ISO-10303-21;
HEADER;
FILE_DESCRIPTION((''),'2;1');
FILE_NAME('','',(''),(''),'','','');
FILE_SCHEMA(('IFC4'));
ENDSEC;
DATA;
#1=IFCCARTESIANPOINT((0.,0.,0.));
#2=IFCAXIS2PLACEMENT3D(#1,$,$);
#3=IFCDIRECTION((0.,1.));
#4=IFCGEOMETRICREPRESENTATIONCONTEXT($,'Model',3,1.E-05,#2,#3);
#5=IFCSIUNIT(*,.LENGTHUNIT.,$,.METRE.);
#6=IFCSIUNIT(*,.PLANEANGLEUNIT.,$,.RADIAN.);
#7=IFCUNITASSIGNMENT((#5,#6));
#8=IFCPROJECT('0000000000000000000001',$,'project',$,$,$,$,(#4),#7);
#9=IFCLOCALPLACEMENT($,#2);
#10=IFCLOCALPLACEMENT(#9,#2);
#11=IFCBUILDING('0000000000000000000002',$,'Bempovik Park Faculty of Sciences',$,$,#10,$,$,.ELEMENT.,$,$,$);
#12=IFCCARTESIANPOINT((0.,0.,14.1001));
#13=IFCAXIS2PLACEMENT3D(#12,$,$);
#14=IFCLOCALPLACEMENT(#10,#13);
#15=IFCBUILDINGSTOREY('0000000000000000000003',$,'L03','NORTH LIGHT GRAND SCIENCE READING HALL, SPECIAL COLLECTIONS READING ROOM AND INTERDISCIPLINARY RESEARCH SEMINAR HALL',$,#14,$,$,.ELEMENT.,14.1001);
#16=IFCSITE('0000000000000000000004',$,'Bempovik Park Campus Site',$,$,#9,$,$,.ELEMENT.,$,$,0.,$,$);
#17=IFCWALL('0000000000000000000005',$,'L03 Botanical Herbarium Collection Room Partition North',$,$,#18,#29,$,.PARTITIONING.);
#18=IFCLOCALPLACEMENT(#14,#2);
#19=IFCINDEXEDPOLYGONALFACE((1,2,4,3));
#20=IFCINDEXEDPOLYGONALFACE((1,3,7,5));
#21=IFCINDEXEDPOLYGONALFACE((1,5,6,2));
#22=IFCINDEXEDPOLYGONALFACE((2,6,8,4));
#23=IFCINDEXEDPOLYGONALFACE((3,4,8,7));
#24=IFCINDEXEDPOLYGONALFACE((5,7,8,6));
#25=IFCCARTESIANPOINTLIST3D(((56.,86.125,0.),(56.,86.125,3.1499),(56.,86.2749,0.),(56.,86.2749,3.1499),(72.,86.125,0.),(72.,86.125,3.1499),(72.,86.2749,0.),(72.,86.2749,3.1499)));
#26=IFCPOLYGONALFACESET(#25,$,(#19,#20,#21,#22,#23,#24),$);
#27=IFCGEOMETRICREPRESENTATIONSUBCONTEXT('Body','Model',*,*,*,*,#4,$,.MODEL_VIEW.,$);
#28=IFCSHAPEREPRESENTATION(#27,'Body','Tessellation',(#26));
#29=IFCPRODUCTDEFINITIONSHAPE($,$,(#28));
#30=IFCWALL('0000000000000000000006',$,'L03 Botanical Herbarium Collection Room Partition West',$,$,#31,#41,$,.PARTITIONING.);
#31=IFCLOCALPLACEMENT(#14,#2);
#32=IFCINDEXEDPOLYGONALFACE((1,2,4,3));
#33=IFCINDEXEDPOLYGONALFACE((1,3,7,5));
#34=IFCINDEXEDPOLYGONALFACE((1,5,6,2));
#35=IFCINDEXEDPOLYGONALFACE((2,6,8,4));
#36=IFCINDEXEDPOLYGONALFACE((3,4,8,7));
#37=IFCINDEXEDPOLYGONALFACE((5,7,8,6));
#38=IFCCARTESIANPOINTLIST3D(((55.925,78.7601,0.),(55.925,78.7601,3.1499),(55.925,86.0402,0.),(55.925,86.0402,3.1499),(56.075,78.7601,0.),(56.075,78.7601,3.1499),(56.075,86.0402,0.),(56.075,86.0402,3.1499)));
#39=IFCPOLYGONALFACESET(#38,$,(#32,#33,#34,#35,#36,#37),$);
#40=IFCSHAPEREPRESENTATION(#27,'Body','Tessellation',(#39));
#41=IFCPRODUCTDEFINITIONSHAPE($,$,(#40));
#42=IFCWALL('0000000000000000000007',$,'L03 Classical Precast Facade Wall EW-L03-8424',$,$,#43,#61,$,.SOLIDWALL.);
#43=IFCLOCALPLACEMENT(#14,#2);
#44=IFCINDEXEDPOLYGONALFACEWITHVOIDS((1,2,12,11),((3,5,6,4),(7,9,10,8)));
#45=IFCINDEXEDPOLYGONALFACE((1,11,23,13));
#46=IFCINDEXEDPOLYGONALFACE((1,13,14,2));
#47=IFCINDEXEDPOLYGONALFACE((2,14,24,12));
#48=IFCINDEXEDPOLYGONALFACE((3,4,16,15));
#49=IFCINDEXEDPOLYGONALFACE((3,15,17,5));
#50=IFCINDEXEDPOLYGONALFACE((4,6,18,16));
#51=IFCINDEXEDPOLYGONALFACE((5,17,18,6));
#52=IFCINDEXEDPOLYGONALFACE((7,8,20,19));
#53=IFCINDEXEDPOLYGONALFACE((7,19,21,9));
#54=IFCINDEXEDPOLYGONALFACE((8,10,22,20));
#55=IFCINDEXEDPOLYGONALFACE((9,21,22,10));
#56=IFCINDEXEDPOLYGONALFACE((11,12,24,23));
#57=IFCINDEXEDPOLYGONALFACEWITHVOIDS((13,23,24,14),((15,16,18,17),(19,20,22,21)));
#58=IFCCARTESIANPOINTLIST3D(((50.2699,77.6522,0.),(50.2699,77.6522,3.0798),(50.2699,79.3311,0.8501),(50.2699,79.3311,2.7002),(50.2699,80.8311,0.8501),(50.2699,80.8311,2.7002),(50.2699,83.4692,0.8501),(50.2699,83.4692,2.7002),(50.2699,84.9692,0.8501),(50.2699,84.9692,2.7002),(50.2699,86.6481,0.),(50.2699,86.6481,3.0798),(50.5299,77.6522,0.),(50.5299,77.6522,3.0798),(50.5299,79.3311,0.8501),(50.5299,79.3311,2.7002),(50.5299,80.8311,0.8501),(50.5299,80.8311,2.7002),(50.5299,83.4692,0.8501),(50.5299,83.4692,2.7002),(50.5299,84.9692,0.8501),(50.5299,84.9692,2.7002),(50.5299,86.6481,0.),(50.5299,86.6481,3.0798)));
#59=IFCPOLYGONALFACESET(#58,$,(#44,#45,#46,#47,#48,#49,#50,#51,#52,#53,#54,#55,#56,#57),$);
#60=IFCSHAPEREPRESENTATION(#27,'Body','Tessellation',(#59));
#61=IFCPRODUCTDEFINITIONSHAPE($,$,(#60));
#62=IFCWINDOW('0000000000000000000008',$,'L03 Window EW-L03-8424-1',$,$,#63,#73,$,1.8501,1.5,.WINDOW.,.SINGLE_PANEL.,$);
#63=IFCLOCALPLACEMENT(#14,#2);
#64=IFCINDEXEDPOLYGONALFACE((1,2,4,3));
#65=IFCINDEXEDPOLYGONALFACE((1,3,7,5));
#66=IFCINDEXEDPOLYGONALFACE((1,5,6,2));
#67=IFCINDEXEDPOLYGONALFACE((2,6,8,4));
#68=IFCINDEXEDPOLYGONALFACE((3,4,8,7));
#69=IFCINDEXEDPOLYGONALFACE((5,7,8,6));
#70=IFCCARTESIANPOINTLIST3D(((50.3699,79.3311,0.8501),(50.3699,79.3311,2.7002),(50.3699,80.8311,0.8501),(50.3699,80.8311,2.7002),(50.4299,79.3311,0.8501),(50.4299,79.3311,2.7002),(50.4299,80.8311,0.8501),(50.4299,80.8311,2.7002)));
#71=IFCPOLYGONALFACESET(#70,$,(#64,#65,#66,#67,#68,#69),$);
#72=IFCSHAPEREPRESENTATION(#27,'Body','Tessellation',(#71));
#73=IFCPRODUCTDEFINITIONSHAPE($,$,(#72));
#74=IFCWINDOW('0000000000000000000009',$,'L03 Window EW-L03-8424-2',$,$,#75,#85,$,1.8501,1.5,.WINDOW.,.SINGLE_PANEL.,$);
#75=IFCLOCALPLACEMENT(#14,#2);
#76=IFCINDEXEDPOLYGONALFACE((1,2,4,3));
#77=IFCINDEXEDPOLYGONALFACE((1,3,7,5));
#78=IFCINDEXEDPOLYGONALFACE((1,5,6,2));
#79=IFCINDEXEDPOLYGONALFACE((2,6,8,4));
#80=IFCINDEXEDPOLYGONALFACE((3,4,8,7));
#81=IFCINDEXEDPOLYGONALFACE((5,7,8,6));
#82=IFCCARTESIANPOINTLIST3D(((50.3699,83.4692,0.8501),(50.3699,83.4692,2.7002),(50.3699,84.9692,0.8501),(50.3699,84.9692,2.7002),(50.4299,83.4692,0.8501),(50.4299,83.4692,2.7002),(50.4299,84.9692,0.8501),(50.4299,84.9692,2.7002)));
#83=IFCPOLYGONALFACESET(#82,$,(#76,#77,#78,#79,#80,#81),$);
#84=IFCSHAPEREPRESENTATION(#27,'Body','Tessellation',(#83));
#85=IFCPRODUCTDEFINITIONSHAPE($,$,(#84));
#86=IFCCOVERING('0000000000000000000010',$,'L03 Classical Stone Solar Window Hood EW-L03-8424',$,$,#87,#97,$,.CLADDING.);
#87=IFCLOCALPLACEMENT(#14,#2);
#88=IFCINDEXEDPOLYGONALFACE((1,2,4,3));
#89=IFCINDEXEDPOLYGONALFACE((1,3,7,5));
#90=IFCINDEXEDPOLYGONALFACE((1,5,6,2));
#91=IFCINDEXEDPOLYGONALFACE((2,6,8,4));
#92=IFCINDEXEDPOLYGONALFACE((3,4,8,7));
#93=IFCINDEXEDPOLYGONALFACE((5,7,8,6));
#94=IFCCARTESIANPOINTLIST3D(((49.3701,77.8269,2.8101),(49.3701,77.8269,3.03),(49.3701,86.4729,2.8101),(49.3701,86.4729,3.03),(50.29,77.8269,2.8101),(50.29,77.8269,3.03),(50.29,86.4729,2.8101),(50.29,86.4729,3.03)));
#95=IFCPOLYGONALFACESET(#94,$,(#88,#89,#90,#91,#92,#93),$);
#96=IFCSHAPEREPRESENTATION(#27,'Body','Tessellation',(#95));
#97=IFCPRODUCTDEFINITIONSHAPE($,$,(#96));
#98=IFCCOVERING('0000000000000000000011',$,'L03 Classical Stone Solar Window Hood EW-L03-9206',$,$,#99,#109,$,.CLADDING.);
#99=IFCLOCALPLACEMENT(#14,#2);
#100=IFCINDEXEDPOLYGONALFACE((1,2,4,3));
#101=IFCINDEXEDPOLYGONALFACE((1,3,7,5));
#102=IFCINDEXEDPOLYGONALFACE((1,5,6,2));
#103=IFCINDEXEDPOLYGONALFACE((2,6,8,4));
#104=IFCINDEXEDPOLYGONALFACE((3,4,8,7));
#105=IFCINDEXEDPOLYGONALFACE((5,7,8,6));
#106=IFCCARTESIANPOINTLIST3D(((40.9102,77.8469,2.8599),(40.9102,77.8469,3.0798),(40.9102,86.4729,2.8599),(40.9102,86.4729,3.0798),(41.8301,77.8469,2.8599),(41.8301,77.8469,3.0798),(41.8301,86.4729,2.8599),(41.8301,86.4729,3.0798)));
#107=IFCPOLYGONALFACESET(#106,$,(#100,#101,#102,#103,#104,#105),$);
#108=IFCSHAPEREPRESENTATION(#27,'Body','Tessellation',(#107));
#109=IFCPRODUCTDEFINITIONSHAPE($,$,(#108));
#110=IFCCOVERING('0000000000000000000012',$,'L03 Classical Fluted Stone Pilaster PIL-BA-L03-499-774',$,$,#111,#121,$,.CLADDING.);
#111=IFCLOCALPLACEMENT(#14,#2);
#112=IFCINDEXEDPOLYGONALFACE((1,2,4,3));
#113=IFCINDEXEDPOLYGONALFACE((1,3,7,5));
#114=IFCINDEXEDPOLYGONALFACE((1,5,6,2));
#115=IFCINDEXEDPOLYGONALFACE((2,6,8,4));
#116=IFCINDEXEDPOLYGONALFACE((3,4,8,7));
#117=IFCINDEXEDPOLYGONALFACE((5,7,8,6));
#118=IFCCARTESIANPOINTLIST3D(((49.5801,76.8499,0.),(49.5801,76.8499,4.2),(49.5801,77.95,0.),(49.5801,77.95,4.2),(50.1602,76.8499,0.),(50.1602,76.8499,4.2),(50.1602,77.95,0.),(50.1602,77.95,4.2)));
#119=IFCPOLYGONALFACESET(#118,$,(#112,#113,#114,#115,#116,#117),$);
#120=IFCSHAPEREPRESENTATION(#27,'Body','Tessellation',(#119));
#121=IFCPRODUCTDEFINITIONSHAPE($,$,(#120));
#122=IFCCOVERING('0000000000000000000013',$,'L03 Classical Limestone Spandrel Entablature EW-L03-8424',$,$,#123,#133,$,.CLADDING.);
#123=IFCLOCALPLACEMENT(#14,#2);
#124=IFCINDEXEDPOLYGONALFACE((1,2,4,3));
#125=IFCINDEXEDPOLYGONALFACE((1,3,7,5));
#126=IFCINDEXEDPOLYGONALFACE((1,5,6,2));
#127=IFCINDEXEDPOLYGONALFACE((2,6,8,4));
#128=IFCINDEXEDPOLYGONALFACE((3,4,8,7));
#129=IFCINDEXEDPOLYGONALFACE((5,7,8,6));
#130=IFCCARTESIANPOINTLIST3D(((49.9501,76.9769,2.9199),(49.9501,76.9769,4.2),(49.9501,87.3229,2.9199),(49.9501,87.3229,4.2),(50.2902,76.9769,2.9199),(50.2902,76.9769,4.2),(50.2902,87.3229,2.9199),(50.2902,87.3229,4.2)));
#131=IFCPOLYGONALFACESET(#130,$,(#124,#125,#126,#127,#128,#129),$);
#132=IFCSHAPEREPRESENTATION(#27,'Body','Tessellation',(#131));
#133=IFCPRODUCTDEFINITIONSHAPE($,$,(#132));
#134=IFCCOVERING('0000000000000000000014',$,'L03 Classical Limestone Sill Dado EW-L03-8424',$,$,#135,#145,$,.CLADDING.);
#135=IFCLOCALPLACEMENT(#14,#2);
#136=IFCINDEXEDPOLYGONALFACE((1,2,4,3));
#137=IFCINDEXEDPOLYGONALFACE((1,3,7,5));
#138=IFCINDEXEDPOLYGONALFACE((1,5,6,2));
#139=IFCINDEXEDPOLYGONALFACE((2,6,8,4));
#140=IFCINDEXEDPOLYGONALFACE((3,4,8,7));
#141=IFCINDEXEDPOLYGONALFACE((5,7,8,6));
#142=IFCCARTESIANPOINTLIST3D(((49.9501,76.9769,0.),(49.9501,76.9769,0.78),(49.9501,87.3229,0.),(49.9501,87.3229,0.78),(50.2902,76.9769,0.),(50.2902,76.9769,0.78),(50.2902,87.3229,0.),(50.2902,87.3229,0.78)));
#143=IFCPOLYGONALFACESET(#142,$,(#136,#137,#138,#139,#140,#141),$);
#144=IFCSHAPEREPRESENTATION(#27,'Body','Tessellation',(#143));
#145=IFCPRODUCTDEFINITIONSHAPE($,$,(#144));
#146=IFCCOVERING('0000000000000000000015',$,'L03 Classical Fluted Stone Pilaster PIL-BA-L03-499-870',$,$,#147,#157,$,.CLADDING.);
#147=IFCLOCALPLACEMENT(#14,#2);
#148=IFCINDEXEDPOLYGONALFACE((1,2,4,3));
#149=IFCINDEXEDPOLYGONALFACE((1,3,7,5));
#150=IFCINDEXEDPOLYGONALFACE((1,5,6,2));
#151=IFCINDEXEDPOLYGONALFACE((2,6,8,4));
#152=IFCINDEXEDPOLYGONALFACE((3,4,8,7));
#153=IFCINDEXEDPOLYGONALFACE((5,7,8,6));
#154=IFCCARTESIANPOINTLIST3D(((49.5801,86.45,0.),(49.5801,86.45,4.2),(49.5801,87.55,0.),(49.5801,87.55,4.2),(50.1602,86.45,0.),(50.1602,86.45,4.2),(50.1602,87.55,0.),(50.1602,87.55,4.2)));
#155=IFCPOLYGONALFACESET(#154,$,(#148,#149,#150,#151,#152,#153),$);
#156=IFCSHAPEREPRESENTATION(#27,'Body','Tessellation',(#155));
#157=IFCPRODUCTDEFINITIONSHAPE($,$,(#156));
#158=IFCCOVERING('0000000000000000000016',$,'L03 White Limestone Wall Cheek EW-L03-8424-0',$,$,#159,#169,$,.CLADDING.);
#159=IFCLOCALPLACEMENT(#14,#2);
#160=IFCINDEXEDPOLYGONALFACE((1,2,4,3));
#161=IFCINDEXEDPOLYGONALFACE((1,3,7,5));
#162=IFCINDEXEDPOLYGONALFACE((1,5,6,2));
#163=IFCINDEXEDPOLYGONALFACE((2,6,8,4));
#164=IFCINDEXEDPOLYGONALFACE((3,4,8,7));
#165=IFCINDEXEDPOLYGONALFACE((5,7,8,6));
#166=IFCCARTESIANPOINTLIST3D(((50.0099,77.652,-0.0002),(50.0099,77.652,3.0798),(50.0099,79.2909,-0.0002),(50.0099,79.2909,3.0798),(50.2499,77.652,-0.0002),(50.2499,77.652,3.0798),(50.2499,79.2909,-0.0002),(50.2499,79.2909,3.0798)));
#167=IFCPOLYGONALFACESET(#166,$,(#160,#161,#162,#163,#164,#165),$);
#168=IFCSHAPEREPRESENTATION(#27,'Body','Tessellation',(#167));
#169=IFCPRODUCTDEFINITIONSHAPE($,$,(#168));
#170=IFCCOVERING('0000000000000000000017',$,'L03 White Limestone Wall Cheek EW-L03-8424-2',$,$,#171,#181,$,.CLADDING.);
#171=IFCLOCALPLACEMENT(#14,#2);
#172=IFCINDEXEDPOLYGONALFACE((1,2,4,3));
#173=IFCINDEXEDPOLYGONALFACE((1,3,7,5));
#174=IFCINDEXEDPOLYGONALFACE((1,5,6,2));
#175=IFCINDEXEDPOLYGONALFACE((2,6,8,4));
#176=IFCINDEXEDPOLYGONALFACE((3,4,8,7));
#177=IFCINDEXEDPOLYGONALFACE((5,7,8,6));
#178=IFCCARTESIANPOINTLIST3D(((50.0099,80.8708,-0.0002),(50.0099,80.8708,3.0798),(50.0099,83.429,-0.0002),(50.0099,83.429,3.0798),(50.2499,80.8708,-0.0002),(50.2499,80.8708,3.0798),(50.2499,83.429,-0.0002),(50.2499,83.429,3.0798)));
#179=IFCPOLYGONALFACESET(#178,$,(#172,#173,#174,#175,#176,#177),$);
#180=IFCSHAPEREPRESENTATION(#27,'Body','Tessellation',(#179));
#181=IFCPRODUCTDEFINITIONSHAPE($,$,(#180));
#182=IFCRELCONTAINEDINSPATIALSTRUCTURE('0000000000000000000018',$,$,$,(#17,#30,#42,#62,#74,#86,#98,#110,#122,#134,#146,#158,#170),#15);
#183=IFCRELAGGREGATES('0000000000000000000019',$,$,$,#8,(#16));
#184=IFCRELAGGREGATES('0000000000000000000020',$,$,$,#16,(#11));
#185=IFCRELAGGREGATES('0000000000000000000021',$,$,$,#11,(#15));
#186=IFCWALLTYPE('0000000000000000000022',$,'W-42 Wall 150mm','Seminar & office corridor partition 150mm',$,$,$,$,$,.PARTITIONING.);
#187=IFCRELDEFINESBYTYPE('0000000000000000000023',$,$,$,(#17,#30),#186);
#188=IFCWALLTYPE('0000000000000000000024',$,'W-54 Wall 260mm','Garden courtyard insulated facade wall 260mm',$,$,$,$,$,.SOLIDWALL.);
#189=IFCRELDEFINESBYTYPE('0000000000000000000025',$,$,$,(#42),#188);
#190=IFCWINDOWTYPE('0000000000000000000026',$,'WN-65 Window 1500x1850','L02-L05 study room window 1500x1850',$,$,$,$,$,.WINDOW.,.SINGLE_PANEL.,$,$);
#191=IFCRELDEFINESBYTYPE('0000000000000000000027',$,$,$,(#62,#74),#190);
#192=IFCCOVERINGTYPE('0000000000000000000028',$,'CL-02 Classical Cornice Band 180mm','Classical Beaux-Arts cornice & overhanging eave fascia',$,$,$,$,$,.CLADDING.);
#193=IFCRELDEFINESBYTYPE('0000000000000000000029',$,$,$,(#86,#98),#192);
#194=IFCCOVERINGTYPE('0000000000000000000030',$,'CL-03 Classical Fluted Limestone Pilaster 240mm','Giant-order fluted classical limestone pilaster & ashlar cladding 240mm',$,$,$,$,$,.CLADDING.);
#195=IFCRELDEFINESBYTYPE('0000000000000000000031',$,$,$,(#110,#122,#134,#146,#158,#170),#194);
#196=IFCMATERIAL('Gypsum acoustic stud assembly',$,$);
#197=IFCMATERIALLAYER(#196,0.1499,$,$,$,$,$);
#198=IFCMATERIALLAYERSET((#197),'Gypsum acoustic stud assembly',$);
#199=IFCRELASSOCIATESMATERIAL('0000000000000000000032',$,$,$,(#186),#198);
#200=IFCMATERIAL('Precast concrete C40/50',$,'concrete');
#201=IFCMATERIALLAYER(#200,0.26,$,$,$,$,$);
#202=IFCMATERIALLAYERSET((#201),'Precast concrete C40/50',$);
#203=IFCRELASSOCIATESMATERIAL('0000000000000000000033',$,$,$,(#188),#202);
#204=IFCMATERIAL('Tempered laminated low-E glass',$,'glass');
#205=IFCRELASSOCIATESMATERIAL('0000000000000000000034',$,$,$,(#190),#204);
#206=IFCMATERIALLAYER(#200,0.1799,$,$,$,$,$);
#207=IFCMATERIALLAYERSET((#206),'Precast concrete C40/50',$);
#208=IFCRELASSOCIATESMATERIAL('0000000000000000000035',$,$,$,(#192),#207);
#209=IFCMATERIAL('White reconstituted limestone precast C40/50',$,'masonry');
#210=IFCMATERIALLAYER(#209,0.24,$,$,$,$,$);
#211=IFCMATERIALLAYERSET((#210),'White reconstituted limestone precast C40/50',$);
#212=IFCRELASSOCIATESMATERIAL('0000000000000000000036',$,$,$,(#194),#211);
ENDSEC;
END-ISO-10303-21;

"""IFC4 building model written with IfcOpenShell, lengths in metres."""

from ifc_helpers import new_model, si_unit, direction, frame, frame_2d, origin, origin_2d, place, context, subcontext, project, spatial, rectangle, extrude, material, layer, layer_set, type_object, element, fill, save


model = new_model("IFC4")

# Units and contexts
model_context = context("Model", 3, precision=1e-05, world=origin(), true_north=direction((0.0, 1.0)))
body_context = subcontext(model_context, "Body", "Model", "MODEL_VIEW")
ifc_project = project(units=[si_unit("LENGTHUNIT", "METRE"), si_unit("PLANEANGLEUNIT", "RADIAN")], contexts=[model_context])

# Site, building, storey
site_placement = place(None, origin())
site = spatial("IfcSite", under=ifc_project, at=site_placement, Name="Bempovik Park Campus Site", CompositionType="ELEMENT", RefElevation=0.0)
building_placement = place(site_placement, origin())
building = spatial("IfcBuilding", under=site, at=building_placement, Name="Bempovik Park Faculty of Sciences", CompositionType="ELEMENT")
storey_placement = place(building_placement, frame((0.0, 0.0, 14.1001)))
storey = spatial("IfcBuildingStorey", under=building, at=storey_placement, Name="L03", Description="NORTH LIGHT GRAND SCIENCE READING HALL, SPECIAL COLLECTIONS READING ROOM AND INTERDISCIPLINARY RESEARCH SEMINAR HALL", CompositionType="ELEMENT", Elevation=14.1001)

# Shared definitions
ifc_material_1 = material(Name="Tempered laminated low-E glass", Category="glass")

# Shared definitions
ifc_material_2 = material(Name="Gypsum acoustic stud assembly")
ifc_layer_1 = layer(ifc_material_2, 0.1499)
ifc_layer_set_1 = layer_set([ifc_layer_1], Name="Gypsum acoustic stud assembly")
wall_type_1 = type_object("IfcWallType", Name="W-42 Wall 150mm", Description="Seminar & office corridor partition 150mm", PredefinedType="PARTITIONING", material=ifc_layer_set_1)

# Walls
wall_1_placement = place(storey_placement, frame((56.0, 86.2, 0.0), z_axis=(0.0, 0.0, 1.0), x_axis=(1.0, 0.0, 0.0)))
element("IfcWall", 1, at=wall_1_placement, inside=storey, type_object=wall_type_1, Name="L03 Botanical Herbarium Collection Room Partition North", PredefinedType="PARTITIONING", context=body_context, shape_type="SweptSolid", body=[
    extrude(rectangle(XDim=16.0, YDim=0.1499, at=frame_2d((8.0, 0.0))), origin(), (0.0, 0.0, 1.0), 3.1499),
])
wall_2_placement = place(storey_placement, frame((56.0, 78.76, 0.0), z_axis=(0.0, 0.0, 1.0), x_axis=(0.0, 1.0, 0.0)))
element("IfcWall", 2, at=wall_2_placement, inside=storey, type_object=wall_type_1, Name="L03 Botanical Herbarium Collection Room Partition West", PredefinedType="PARTITIONING", context=body_context, shape_type="SweptSolid", body=[
    extrude(rectangle(XDim=7.28, YDim=0.1499, at=frame_2d((3.6401, 0.0))), origin(), (0.0, 0.0, 1.0), 3.1499),
])

# Wall, openings, windows
ifc_material_3 = material(Name="Precast concrete C40/50", Category="concrete")
ifc_layer_2 = layer(ifc_material_3, 0.26)
ifc_layer_set_2 = layer_set([ifc_layer_2], Name="Precast concrete C40/50")
wall_type_2 = type_object("IfcWallType", Name="W-54 Wall 260mm", Description="Garden courtyard insulated facade wall 260mm", PredefinedType="SOLIDWALL", material=ifc_layer_set_2)
wall_3_placement = place(storey_placement, frame((50.3999, 77.6521, 0.0), z_axis=(0.0, 0.0, 1.0), x_axis=(0.0, 1.0, 0.0)))
wall_3 = element("IfcWall", 3, at=wall_3_placement, inside=storey, type_object=wall_type_2, Name="L03 Classical Precast Facade Wall EW-L03-8424", PredefinedType="SOLIDWALL", context=body_context, shape_type="SweptSolid", body=[
    extrude(rectangle(XDim=8.9958, YDim=0.26, at=frame_2d((4.498, 0.0))), origin(), (0.0, 0.0, 1.0), 3.0798),
])
opening_1_placement = place(wall_3_placement, frame((1.679, 0.0, 0.8501)))
opening_1 = element("IfcOpeningElement", 4, at=opening_1_placement, cuts=wall_3, PredefinedType="OPENING", context=body_context, shape_type="SweptSolid", body=[
    extrude(rectangle(XDim=1.5, YDim=1.8501, at=frame_2d((0.75, 0.925))), frame((0.0, 0.1401, 0.0), z_axis=(0.0, -1.0, 0.0), x_axis=(1.0, 0.0, 0.0)), (0.0, 0.0, 1.0), 0.28),
])
opening_2_placement = place(wall_3_placement, frame((5.8171, 0.0, 0.8501)))
opening_2 = element("IfcOpeningElement", 5, at=opening_2_placement, cuts=wall_3, PredefinedType="OPENING", context=body_context, shape_type="SweptSolid", body=[
    extrude(rectangle(XDim=1.5, YDim=1.8501, at=frame_2d((0.75, 0.925))), frame((0.0, 0.1401, 0.0), z_axis=(0.0, -1.0, 0.0), x_axis=(1.0, 0.0, 0.0)), (0.0, 0.0, 1.0), 0.28),
])
window_type = type_object("IfcWindowType", Name="WN-65 Window 1500x1850", Description="L02-L05 study room window 1500x1850", PartitioningType="SINGLE_PANEL", PredefinedType="WINDOW", material=ifc_material_1)
window_1_placement = place(opening_1_placement, origin())
window_1 = element("IfcWindow", 6, at=window_1_placement, inside=storey, type_object=window_type, Name="L03 Window EW-L03-8424-1", OverallHeight=1.8501, OverallWidth=1.5, PartitioningType="SINGLE_PANEL", PredefinedType="WINDOW", context=body_context, shape_type="SweptSolid", body=[
    extrude(rectangle(XDim=1.5, YDim=1.8501, at=frame_2d((0.75, 0.925))), frame((0.0, 0.03, 0.0), z_axis=(0.0, -1.0, 0.0), x_axis=(1.0, 0.0, 0.0)), (0.0, 0.0, 1.0), 0.0601),
])
fill(opening_1, window_1)
window_2_placement = place(opening_2_placement, origin())
window_2 = element("IfcWindow", 7, at=window_2_placement, inside=storey, type_object=window_type, Name="L03 Window EW-L03-8424-2", OverallHeight=1.8501, OverallWidth=1.5, PartitioningType="SINGLE_PANEL", PredefinedType="WINDOW", context=body_context, shape_type="SweptSolid", body=[
    extrude(rectangle(XDim=1.5, YDim=1.8501, at=frame_2d((0.75, 0.925))), frame((0.0, 0.03, 0.0), z_axis=(0.0, -1.0, 0.0), x_axis=(1.0, 0.0, 0.0)), (0.0, 0.0, 1.0), 0.0601),
])
fill(opening_2, window_2)

# Coverings
ifc_layer_3 = layer(ifc_material_3, 0.1799)
ifc_layer_set_3 = layer_set([ifc_layer_3], Name="Precast concrete C40/50")
covering_type_1 = type_object("IfcCoveringType", Name="CL-02 Classical Cornice Band 180mm", Description="Classical Beaux-Arts cornice & overhanging eave fascia", PredefinedType="CLADDING", material=ifc_layer_set_3)
covering_1_placement = place(storey_placement, frame((49.8301, 82.1499, 2.8101), z_axis=(0.0, 0.0, 1.0), x_axis=(1.0, 0.0, 0.0)))
element("IfcCovering", 8, at=covering_1_placement, inside=storey, type_object=covering_type_1, Name="L03 Classical Stone Solar Window Hood EW-L03-8424", PredefinedType="CLADDING", context=body_context, shape_type="SweptSolid", body=[
    extrude(rectangle(XDim=0.9199, YDim=8.646, at=origin_2d()), origin(), (0.0, 0.0, 1.0), 0.22),
])
covering_2_placement = place(storey_placement, frame((41.3701, 82.1599, 2.8599), z_axis=(0.0, 0.0, 1.0), x_axis=(1.0, 0.0, 0.0)))
element("IfcCovering", 9, at=covering_2_placement, inside=storey, type_object=covering_type_1, Name="L03 Classical Stone Solar Window Hood EW-L03-9206", PredefinedType="CLADDING", context=body_context, shape_type="SweptSolid", body=[
    extrude(rectangle(XDim=0.9199, YDim=8.626, at=origin_2d()), origin(), (0.0, 0.0, 1.0), 0.22),
])
ifc_material_4 = material(Name="White reconstituted limestone precast C40/50", Category="masonry")
ifc_layer_4 = layer(ifc_material_4, 0.24)
ifc_layer_set_4 = layer_set([ifc_layer_4], Name="White reconstituted limestone precast C40/50")
covering_type_2 = type_object("IfcCoveringType", Name="CL-03 Classical Fluted Limestone Pilaster 240mm", Description="Giant-order fluted classical limestone pilaster & ashlar cladding 240mm", PredefinedType="CLADDING", material=ifc_layer_set_4)
covering_3_placement = place(storey_placement, frame((49.8701, 77.3999, 0.0), z_axis=(0.0, 0.0, 1.0), x_axis=(1.0, 0.0, 0.0)))
element("IfcCovering", 10, at=covering_3_placement, inside=storey, type_object=covering_type_2, Name="L03 Classical Fluted Stone Pilaster PIL-BA-L03-499-774", PredefinedType="CLADDING", context=body_context, shape_type="SweptSolid", body=[
    extrude(rectangle(XDim=0.5801, YDim=1.1001, at=origin_2d()), origin(), (0.0, 0.0, 1.0), 4.2),
])
covering_4_placement = place(storey_placement, frame((50.1201, 82.1499, 2.9199), z_axis=(0.0, 0.0, 1.0), x_axis=(1.0, 0.0, 0.0)))
element("IfcCovering", 11, at=covering_4_placement, inside=storey, type_object=covering_type_2, Name="L03 Classical Limestone Spandrel Entablature EW-L03-8424", PredefinedType="CLADDING", context=body_context, shape_type="SweptSolid", body=[
    extrude(rectangle(XDim=0.3401, YDim=10.3459, at=origin_2d()), origin(), (0.0, 0.0, 1.0), 1.28),
])
covering_5_placement = place(storey_placement, frame((50.1201, 82.1499, 0.0), z_axis=(0.0, 0.0, 1.0), x_axis=(1.0, 0.0, 0.0)))
element("IfcCovering", 12, at=covering_5_placement, inside=storey, type_object=covering_type_2, Name="L03 Classical Limestone Sill Dado EW-L03-8424", PredefinedType="CLADDING", context=body_context, shape_type="SweptSolid", body=[
    extrude(rectangle(XDim=0.3401, YDim=10.3459, at=origin_2d()), origin(), (0.0, 0.0, 1.0), 0.78),
])
covering_6_placement = place(storey_placement, frame((49.8701, 87.0, 0.0), z_axis=(0.0, 0.0, 1.0), x_axis=(1.0, 0.0, 0.0)))
element("IfcCovering", 13, at=covering_6_placement, inside=storey, type_object=covering_type_2, Name="L03 Classical Fluted Stone Pilaster PIL-BA-L03-499-870", PredefinedType="CLADDING", context=body_context, shape_type="SweptSolid", body=[
    extrude(rectangle(XDim=0.5801, YDim=1.1001, at=origin_2d()), origin(), (0.0, 0.0, 1.0), 4.2),
])
covering_7_placement = place(storey_placement, frame((50.1299, 78.4714, -0.0002), z_axis=(0.0, 0.0, 1.0), x_axis=(1.0, 0.0, 0.0)))
element("IfcCovering", 14, at=covering_7_placement, inside=storey, type_object=covering_type_2, Name="L03 White Limestone Wall Cheek EW-L03-8424-0", PredefinedType="CLADDING", context=body_context, shape_type="SweptSolid", body=[
    extrude(rectangle(XDim=0.24, YDim=1.6389, at=origin_2d()), origin(), (0.0, 0.0, 1.0), 3.0801),
])
covering_8_placement = place(storey_placement, frame((50.1299, 82.1499, -0.0002), z_axis=(0.0, 0.0, 1.0), x_axis=(1.0, 0.0, 0.0)))
element("IfcCovering", 15, at=covering_8_placement, inside=storey, type_object=covering_type_2, Name="L03 White Limestone Wall Cheek EW-L03-8424-2", PredefinedType="CLADDING", context=body_context, shape_type="SweptSolid", body=[
    extrude(rectangle(XDim=0.24, YDim=2.5581, at=origin_2d()), origin(), (0.0, 0.0, 1.0), 3.0801),
])

save(model, "model.ifc")
